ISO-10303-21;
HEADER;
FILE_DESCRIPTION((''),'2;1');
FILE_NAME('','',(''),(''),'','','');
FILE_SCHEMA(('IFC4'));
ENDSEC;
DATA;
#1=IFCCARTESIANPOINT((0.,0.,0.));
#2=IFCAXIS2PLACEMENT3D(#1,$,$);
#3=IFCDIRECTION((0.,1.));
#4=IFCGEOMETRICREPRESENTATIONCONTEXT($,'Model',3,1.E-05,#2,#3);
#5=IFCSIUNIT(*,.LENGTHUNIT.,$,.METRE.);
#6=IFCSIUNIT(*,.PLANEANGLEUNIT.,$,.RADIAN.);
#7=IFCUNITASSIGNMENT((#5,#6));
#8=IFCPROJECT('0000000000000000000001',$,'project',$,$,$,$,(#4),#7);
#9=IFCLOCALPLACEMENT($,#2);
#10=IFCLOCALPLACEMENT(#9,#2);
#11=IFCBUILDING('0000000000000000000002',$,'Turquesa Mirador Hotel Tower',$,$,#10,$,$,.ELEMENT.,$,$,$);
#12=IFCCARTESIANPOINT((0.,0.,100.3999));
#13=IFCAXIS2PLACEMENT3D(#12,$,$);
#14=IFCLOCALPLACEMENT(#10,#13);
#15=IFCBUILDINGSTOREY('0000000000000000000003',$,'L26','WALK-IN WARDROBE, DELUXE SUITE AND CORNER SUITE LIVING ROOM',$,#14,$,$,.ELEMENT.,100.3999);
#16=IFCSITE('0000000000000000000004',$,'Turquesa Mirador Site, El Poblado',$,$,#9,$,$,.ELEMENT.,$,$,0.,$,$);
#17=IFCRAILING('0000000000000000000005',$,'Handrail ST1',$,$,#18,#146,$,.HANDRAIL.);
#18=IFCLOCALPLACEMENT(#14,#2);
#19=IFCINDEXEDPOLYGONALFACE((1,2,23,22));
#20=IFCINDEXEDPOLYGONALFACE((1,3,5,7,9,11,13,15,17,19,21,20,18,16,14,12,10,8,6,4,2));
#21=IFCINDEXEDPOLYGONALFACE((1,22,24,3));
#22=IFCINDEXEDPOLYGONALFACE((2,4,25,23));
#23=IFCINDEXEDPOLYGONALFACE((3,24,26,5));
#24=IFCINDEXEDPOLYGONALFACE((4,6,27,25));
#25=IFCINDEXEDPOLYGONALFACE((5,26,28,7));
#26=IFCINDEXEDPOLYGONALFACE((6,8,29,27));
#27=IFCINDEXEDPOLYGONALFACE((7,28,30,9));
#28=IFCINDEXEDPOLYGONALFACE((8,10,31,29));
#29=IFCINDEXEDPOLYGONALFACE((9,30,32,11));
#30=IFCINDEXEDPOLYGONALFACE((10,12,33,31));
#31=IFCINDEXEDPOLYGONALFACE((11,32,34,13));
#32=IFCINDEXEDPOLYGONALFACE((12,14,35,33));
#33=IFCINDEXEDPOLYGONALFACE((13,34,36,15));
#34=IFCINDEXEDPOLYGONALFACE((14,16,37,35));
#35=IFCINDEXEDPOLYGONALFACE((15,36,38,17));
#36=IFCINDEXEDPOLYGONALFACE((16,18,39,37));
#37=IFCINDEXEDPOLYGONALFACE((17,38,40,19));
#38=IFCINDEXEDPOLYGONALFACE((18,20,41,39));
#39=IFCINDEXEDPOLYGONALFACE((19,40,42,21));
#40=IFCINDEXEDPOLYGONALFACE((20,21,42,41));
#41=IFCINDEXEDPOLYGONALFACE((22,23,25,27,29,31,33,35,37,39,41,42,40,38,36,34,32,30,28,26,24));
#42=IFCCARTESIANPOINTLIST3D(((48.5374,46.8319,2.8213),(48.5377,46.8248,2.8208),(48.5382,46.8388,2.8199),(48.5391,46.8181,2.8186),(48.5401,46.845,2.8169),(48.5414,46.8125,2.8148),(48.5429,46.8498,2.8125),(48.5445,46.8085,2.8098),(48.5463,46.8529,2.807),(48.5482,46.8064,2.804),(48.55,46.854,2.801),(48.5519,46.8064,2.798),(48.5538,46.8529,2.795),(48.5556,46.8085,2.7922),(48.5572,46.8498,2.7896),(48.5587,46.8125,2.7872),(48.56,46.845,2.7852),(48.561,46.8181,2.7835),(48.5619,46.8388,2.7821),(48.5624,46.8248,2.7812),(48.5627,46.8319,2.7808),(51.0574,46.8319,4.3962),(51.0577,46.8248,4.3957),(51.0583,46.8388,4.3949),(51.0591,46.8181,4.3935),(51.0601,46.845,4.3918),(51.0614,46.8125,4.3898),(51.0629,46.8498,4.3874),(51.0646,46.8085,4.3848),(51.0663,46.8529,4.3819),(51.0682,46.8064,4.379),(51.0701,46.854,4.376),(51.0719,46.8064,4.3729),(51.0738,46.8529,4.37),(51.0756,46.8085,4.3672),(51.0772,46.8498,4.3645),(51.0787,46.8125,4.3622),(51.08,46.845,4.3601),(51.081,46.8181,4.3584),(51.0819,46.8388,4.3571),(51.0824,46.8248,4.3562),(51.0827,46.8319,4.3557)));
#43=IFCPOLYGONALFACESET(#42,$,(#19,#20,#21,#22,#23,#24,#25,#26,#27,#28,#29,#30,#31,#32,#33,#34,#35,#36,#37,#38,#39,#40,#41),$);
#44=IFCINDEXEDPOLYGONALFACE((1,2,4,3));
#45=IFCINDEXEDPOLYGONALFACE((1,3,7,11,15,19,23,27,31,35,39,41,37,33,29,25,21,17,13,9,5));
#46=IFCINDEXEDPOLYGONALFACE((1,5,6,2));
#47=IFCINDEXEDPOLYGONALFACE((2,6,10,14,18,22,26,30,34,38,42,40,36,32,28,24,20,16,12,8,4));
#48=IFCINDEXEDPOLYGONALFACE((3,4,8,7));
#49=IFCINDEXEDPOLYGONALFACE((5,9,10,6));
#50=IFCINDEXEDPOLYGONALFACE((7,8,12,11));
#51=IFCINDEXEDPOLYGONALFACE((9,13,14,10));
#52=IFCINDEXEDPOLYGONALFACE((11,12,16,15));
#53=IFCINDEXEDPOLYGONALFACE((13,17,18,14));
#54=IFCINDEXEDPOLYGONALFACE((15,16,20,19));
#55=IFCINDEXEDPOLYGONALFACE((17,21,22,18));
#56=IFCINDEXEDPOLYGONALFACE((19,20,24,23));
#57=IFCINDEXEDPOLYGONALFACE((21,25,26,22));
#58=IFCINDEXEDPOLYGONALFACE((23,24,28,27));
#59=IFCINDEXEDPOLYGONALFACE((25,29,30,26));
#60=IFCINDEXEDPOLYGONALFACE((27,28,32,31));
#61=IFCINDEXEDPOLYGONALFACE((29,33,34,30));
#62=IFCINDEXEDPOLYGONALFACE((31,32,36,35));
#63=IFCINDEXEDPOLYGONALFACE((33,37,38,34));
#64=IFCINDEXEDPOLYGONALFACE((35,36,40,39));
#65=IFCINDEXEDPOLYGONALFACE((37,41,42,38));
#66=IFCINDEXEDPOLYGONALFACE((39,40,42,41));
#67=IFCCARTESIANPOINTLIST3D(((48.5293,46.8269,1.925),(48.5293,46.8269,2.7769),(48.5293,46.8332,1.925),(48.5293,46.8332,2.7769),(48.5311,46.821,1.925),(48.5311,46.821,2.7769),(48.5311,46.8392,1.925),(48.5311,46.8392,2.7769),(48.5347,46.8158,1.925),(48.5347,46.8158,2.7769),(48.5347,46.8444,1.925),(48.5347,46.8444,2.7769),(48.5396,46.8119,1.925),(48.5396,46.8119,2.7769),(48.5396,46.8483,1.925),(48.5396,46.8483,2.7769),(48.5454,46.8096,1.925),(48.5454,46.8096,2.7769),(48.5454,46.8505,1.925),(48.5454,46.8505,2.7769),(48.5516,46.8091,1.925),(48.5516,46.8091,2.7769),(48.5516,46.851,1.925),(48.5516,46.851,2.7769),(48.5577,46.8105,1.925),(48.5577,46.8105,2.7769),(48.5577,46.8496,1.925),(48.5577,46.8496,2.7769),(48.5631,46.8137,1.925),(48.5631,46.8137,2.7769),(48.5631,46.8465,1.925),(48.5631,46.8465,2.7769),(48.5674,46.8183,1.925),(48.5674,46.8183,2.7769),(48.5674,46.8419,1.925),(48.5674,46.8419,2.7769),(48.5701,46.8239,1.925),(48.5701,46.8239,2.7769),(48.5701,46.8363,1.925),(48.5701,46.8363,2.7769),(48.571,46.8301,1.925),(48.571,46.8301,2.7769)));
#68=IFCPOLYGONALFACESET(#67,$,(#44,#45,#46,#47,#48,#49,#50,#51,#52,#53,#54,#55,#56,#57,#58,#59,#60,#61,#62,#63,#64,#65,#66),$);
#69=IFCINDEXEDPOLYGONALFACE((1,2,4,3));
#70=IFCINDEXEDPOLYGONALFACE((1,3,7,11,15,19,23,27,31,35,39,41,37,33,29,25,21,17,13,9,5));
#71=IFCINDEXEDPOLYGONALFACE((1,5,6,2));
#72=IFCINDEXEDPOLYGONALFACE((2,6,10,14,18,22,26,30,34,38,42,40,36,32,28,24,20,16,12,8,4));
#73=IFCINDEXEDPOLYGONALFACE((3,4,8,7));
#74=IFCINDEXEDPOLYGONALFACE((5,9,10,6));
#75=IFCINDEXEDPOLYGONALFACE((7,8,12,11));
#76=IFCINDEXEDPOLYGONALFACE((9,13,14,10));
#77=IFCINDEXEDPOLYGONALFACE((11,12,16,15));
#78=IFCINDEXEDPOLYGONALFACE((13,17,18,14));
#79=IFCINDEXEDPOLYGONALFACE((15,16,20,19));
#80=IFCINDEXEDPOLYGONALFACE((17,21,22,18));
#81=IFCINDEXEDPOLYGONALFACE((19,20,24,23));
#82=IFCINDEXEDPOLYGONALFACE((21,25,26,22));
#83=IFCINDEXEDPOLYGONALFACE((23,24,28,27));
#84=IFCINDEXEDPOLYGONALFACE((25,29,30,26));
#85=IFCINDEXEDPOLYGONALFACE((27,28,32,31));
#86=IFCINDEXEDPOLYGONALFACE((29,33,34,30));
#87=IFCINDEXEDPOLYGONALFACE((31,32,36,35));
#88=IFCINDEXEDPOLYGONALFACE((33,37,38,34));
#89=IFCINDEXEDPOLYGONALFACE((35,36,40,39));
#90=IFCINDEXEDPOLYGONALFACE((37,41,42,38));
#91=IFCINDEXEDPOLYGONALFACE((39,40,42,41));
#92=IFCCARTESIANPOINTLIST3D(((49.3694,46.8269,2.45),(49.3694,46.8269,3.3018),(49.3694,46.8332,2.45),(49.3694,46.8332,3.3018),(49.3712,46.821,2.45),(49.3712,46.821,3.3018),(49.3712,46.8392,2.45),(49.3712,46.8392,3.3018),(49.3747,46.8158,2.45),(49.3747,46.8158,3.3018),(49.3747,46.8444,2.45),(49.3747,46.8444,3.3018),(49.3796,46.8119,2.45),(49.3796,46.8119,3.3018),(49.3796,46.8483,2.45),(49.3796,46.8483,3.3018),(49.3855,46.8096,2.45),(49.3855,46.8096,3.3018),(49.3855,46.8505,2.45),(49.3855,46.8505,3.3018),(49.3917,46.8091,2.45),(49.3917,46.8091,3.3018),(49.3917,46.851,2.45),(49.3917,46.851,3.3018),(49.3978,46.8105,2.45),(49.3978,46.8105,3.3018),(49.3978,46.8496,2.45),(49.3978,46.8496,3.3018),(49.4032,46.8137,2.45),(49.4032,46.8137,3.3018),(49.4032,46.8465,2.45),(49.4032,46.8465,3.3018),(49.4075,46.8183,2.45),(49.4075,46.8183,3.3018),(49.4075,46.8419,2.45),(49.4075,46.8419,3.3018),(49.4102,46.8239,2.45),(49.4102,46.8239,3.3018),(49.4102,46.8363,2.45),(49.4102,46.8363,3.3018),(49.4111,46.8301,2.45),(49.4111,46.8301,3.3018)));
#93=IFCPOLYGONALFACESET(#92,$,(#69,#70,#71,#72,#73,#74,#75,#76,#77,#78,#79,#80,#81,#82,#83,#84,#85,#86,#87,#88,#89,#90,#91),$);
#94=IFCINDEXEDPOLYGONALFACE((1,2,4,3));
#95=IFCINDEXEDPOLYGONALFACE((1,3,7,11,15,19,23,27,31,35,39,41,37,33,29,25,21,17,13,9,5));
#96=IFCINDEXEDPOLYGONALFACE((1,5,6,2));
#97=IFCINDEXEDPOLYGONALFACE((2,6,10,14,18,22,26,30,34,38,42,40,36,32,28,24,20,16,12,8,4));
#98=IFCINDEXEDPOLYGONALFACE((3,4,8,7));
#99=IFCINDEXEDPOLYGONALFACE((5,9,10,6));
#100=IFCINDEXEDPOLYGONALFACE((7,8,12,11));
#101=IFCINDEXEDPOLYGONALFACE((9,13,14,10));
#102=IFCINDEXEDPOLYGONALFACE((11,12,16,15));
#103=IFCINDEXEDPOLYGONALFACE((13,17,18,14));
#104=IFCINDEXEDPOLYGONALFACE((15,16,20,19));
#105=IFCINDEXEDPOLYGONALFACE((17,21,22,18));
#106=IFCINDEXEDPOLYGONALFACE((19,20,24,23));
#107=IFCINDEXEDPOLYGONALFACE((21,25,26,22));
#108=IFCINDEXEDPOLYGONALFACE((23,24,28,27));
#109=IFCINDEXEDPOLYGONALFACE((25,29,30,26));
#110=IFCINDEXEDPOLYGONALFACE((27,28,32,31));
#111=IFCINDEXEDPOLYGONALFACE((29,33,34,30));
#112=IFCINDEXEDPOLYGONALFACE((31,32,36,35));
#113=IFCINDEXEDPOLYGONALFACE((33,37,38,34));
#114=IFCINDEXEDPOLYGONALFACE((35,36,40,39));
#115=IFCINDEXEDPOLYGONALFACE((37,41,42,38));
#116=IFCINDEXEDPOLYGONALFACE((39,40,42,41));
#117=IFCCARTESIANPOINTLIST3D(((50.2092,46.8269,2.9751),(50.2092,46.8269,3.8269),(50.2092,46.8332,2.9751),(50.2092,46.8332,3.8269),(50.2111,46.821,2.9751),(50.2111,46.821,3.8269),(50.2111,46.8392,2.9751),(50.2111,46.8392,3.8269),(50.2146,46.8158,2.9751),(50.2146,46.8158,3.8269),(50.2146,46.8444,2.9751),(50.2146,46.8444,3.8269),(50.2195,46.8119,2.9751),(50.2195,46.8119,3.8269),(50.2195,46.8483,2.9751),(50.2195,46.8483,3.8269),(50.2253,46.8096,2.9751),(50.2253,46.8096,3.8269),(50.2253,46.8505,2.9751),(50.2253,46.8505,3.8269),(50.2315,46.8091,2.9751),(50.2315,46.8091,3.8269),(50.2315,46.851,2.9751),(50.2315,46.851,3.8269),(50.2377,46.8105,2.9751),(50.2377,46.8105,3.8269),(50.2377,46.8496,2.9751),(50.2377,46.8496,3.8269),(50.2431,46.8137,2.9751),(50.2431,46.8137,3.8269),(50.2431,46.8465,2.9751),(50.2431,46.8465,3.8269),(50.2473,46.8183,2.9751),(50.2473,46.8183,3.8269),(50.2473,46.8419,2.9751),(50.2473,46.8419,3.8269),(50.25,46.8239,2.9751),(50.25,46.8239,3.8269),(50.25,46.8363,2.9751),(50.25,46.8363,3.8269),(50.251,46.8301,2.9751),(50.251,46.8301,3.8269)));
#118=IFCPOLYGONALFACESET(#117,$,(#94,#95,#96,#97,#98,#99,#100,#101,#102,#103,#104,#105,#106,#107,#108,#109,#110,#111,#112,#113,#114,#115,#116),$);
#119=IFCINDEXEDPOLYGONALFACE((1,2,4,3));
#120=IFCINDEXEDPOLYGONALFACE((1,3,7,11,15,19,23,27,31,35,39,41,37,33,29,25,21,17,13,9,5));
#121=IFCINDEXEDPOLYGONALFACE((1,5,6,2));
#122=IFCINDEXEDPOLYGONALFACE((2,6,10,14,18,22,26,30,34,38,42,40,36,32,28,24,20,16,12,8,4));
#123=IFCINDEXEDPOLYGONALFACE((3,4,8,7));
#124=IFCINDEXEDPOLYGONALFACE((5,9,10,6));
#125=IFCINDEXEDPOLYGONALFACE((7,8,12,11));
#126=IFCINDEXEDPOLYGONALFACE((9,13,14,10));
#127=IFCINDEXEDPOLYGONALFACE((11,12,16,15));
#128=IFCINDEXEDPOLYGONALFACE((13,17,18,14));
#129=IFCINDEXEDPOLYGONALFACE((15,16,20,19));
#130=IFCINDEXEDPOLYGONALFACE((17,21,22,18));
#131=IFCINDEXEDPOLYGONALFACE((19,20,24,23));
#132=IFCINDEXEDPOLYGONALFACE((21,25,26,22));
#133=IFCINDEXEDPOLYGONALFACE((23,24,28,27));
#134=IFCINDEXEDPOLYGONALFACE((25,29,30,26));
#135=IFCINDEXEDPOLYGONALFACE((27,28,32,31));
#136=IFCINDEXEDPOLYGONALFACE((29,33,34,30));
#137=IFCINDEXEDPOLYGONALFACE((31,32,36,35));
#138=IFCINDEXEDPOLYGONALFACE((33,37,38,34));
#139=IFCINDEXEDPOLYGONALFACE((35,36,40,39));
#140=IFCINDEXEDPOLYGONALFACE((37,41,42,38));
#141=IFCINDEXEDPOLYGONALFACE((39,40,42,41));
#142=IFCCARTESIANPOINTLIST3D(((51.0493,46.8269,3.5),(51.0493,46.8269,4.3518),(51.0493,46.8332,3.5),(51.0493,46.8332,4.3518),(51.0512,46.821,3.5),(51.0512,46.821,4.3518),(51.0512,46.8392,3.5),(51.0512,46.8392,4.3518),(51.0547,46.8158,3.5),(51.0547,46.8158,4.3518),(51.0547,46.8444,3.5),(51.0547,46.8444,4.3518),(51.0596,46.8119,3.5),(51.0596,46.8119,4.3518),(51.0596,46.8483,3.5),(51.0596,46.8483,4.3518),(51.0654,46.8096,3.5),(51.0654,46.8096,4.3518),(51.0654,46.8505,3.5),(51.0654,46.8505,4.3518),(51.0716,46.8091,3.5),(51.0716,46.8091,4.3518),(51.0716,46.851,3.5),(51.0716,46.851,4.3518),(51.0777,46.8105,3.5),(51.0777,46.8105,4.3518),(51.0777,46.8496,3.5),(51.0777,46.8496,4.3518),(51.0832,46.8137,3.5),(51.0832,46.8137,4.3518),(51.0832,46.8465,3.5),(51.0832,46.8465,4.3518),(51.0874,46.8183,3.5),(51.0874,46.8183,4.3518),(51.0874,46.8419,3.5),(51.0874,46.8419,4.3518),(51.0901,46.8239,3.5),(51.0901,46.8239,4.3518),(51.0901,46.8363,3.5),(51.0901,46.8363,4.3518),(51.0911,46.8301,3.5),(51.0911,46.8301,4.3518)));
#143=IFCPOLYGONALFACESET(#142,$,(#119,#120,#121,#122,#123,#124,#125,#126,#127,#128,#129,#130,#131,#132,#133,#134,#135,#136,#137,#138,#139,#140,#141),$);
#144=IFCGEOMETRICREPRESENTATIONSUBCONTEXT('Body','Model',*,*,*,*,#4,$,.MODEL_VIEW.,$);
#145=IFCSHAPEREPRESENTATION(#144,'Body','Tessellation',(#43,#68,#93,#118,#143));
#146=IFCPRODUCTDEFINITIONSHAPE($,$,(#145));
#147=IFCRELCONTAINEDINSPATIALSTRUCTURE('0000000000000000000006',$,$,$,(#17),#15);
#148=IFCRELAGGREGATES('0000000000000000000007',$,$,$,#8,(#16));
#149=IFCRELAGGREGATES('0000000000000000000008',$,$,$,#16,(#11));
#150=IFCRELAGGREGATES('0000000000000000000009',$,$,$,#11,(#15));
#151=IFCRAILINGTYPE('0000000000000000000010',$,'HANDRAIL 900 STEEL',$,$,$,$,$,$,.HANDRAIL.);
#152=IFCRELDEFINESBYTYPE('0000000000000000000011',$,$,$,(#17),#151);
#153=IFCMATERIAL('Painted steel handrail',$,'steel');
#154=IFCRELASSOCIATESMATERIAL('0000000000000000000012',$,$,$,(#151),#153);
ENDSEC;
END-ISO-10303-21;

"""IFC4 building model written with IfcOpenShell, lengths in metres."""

from ifc_helpers import new_model, si_unit, direction, frame, origin, origin_2d, place, context, subcontext, project, spatial, circle, extrude, material, type_object, element, save


model = new_model("IFC4")

# Units and contexts
model_context = context("Model", 3, precision=1e-05, world=origin(), true_north=direction((0.0, 1.0)))
body_context = subcontext(model_context, "Body", "Model", "MODEL_VIEW")
ifc_project = project(units=[si_unit("LENGTHUNIT", "METRE"), si_unit("PLANEANGLEUNIT", "RADIAN")], contexts=[model_context])

# Site, building, storey
site_placement = place(None, origin())
site = spatial("IfcSite", under=ifc_project, at=site_placement, Name="Turquesa Mirador Site, El Poblado", CompositionType="ELEMENT", RefElevation=0.0)
building_placement = place(site_placement, origin())
building = spatial("IfcBuilding", under=site, at=building_placement, Name="Turquesa Mirador Hotel Tower", CompositionType="ELEMENT")
storey_placement = place(building_placement, frame((0.0, 0.0, 100.3999)))
storey = spatial("IfcBuildingStorey", under=building, at=storey_placement, Name="L26", Description="WALK-IN WARDROBE, DELUXE SUITE AND CORNER SUITE LIVING ROOM", CompositionType="ELEMENT", Elevation=100.3999)

# Railing
ifc_material_1 = material(Name="Painted steel handrail", Category="steel")
railing_type = type_object("IfcRailingType", Name="HANDRAIL 900 STEEL", PredefinedType="HANDRAIL", material=ifc_material_1)
for number, where, name in (
    (1, (48.55, 46.8301, 1.925), "Handrail ST1"),
):
    element("IfcRailing", number, at=place(storey_placement, frame(where)), inside=storey, type_object=railing_type, Name=name, PredefinedType="HANDRAIL", context=body_context, shape_type="SweptSolid", body=[
        extrude(circle(Radius=0.0239, at=origin_2d()), frame((0.0, 0.0, 0.876), z_axis=(0.848008, 0.0, 0.529984), x_axis=(0.0, 1.0, 0.0)), (0.0, 0.0, 1.0), 2.9717),
        extrude(circle(Radius=0.021, at=origin_2d()), origin(), (0.0, 0.0, 1.0), 0.8518),
        extrude(circle(Radius=0.021, at=origin_2d()), frame((0.8401, 0.0, 0.5249)), (0.0, 0.0, 1.0), 0.8518),
        extrude(circle(Radius=0.021, at=origin_2d()), frame((1.6799, 0.0, 1.05)), (0.0, 0.0, 1.0), 0.8518),
        extrude(circle(Radius=0.021, at=origin_2d()), frame((2.52, 0.0, 1.575)), (0.0, 0.0, 1.0), 0.8518),
    ])

save(model, "model.ifc")
